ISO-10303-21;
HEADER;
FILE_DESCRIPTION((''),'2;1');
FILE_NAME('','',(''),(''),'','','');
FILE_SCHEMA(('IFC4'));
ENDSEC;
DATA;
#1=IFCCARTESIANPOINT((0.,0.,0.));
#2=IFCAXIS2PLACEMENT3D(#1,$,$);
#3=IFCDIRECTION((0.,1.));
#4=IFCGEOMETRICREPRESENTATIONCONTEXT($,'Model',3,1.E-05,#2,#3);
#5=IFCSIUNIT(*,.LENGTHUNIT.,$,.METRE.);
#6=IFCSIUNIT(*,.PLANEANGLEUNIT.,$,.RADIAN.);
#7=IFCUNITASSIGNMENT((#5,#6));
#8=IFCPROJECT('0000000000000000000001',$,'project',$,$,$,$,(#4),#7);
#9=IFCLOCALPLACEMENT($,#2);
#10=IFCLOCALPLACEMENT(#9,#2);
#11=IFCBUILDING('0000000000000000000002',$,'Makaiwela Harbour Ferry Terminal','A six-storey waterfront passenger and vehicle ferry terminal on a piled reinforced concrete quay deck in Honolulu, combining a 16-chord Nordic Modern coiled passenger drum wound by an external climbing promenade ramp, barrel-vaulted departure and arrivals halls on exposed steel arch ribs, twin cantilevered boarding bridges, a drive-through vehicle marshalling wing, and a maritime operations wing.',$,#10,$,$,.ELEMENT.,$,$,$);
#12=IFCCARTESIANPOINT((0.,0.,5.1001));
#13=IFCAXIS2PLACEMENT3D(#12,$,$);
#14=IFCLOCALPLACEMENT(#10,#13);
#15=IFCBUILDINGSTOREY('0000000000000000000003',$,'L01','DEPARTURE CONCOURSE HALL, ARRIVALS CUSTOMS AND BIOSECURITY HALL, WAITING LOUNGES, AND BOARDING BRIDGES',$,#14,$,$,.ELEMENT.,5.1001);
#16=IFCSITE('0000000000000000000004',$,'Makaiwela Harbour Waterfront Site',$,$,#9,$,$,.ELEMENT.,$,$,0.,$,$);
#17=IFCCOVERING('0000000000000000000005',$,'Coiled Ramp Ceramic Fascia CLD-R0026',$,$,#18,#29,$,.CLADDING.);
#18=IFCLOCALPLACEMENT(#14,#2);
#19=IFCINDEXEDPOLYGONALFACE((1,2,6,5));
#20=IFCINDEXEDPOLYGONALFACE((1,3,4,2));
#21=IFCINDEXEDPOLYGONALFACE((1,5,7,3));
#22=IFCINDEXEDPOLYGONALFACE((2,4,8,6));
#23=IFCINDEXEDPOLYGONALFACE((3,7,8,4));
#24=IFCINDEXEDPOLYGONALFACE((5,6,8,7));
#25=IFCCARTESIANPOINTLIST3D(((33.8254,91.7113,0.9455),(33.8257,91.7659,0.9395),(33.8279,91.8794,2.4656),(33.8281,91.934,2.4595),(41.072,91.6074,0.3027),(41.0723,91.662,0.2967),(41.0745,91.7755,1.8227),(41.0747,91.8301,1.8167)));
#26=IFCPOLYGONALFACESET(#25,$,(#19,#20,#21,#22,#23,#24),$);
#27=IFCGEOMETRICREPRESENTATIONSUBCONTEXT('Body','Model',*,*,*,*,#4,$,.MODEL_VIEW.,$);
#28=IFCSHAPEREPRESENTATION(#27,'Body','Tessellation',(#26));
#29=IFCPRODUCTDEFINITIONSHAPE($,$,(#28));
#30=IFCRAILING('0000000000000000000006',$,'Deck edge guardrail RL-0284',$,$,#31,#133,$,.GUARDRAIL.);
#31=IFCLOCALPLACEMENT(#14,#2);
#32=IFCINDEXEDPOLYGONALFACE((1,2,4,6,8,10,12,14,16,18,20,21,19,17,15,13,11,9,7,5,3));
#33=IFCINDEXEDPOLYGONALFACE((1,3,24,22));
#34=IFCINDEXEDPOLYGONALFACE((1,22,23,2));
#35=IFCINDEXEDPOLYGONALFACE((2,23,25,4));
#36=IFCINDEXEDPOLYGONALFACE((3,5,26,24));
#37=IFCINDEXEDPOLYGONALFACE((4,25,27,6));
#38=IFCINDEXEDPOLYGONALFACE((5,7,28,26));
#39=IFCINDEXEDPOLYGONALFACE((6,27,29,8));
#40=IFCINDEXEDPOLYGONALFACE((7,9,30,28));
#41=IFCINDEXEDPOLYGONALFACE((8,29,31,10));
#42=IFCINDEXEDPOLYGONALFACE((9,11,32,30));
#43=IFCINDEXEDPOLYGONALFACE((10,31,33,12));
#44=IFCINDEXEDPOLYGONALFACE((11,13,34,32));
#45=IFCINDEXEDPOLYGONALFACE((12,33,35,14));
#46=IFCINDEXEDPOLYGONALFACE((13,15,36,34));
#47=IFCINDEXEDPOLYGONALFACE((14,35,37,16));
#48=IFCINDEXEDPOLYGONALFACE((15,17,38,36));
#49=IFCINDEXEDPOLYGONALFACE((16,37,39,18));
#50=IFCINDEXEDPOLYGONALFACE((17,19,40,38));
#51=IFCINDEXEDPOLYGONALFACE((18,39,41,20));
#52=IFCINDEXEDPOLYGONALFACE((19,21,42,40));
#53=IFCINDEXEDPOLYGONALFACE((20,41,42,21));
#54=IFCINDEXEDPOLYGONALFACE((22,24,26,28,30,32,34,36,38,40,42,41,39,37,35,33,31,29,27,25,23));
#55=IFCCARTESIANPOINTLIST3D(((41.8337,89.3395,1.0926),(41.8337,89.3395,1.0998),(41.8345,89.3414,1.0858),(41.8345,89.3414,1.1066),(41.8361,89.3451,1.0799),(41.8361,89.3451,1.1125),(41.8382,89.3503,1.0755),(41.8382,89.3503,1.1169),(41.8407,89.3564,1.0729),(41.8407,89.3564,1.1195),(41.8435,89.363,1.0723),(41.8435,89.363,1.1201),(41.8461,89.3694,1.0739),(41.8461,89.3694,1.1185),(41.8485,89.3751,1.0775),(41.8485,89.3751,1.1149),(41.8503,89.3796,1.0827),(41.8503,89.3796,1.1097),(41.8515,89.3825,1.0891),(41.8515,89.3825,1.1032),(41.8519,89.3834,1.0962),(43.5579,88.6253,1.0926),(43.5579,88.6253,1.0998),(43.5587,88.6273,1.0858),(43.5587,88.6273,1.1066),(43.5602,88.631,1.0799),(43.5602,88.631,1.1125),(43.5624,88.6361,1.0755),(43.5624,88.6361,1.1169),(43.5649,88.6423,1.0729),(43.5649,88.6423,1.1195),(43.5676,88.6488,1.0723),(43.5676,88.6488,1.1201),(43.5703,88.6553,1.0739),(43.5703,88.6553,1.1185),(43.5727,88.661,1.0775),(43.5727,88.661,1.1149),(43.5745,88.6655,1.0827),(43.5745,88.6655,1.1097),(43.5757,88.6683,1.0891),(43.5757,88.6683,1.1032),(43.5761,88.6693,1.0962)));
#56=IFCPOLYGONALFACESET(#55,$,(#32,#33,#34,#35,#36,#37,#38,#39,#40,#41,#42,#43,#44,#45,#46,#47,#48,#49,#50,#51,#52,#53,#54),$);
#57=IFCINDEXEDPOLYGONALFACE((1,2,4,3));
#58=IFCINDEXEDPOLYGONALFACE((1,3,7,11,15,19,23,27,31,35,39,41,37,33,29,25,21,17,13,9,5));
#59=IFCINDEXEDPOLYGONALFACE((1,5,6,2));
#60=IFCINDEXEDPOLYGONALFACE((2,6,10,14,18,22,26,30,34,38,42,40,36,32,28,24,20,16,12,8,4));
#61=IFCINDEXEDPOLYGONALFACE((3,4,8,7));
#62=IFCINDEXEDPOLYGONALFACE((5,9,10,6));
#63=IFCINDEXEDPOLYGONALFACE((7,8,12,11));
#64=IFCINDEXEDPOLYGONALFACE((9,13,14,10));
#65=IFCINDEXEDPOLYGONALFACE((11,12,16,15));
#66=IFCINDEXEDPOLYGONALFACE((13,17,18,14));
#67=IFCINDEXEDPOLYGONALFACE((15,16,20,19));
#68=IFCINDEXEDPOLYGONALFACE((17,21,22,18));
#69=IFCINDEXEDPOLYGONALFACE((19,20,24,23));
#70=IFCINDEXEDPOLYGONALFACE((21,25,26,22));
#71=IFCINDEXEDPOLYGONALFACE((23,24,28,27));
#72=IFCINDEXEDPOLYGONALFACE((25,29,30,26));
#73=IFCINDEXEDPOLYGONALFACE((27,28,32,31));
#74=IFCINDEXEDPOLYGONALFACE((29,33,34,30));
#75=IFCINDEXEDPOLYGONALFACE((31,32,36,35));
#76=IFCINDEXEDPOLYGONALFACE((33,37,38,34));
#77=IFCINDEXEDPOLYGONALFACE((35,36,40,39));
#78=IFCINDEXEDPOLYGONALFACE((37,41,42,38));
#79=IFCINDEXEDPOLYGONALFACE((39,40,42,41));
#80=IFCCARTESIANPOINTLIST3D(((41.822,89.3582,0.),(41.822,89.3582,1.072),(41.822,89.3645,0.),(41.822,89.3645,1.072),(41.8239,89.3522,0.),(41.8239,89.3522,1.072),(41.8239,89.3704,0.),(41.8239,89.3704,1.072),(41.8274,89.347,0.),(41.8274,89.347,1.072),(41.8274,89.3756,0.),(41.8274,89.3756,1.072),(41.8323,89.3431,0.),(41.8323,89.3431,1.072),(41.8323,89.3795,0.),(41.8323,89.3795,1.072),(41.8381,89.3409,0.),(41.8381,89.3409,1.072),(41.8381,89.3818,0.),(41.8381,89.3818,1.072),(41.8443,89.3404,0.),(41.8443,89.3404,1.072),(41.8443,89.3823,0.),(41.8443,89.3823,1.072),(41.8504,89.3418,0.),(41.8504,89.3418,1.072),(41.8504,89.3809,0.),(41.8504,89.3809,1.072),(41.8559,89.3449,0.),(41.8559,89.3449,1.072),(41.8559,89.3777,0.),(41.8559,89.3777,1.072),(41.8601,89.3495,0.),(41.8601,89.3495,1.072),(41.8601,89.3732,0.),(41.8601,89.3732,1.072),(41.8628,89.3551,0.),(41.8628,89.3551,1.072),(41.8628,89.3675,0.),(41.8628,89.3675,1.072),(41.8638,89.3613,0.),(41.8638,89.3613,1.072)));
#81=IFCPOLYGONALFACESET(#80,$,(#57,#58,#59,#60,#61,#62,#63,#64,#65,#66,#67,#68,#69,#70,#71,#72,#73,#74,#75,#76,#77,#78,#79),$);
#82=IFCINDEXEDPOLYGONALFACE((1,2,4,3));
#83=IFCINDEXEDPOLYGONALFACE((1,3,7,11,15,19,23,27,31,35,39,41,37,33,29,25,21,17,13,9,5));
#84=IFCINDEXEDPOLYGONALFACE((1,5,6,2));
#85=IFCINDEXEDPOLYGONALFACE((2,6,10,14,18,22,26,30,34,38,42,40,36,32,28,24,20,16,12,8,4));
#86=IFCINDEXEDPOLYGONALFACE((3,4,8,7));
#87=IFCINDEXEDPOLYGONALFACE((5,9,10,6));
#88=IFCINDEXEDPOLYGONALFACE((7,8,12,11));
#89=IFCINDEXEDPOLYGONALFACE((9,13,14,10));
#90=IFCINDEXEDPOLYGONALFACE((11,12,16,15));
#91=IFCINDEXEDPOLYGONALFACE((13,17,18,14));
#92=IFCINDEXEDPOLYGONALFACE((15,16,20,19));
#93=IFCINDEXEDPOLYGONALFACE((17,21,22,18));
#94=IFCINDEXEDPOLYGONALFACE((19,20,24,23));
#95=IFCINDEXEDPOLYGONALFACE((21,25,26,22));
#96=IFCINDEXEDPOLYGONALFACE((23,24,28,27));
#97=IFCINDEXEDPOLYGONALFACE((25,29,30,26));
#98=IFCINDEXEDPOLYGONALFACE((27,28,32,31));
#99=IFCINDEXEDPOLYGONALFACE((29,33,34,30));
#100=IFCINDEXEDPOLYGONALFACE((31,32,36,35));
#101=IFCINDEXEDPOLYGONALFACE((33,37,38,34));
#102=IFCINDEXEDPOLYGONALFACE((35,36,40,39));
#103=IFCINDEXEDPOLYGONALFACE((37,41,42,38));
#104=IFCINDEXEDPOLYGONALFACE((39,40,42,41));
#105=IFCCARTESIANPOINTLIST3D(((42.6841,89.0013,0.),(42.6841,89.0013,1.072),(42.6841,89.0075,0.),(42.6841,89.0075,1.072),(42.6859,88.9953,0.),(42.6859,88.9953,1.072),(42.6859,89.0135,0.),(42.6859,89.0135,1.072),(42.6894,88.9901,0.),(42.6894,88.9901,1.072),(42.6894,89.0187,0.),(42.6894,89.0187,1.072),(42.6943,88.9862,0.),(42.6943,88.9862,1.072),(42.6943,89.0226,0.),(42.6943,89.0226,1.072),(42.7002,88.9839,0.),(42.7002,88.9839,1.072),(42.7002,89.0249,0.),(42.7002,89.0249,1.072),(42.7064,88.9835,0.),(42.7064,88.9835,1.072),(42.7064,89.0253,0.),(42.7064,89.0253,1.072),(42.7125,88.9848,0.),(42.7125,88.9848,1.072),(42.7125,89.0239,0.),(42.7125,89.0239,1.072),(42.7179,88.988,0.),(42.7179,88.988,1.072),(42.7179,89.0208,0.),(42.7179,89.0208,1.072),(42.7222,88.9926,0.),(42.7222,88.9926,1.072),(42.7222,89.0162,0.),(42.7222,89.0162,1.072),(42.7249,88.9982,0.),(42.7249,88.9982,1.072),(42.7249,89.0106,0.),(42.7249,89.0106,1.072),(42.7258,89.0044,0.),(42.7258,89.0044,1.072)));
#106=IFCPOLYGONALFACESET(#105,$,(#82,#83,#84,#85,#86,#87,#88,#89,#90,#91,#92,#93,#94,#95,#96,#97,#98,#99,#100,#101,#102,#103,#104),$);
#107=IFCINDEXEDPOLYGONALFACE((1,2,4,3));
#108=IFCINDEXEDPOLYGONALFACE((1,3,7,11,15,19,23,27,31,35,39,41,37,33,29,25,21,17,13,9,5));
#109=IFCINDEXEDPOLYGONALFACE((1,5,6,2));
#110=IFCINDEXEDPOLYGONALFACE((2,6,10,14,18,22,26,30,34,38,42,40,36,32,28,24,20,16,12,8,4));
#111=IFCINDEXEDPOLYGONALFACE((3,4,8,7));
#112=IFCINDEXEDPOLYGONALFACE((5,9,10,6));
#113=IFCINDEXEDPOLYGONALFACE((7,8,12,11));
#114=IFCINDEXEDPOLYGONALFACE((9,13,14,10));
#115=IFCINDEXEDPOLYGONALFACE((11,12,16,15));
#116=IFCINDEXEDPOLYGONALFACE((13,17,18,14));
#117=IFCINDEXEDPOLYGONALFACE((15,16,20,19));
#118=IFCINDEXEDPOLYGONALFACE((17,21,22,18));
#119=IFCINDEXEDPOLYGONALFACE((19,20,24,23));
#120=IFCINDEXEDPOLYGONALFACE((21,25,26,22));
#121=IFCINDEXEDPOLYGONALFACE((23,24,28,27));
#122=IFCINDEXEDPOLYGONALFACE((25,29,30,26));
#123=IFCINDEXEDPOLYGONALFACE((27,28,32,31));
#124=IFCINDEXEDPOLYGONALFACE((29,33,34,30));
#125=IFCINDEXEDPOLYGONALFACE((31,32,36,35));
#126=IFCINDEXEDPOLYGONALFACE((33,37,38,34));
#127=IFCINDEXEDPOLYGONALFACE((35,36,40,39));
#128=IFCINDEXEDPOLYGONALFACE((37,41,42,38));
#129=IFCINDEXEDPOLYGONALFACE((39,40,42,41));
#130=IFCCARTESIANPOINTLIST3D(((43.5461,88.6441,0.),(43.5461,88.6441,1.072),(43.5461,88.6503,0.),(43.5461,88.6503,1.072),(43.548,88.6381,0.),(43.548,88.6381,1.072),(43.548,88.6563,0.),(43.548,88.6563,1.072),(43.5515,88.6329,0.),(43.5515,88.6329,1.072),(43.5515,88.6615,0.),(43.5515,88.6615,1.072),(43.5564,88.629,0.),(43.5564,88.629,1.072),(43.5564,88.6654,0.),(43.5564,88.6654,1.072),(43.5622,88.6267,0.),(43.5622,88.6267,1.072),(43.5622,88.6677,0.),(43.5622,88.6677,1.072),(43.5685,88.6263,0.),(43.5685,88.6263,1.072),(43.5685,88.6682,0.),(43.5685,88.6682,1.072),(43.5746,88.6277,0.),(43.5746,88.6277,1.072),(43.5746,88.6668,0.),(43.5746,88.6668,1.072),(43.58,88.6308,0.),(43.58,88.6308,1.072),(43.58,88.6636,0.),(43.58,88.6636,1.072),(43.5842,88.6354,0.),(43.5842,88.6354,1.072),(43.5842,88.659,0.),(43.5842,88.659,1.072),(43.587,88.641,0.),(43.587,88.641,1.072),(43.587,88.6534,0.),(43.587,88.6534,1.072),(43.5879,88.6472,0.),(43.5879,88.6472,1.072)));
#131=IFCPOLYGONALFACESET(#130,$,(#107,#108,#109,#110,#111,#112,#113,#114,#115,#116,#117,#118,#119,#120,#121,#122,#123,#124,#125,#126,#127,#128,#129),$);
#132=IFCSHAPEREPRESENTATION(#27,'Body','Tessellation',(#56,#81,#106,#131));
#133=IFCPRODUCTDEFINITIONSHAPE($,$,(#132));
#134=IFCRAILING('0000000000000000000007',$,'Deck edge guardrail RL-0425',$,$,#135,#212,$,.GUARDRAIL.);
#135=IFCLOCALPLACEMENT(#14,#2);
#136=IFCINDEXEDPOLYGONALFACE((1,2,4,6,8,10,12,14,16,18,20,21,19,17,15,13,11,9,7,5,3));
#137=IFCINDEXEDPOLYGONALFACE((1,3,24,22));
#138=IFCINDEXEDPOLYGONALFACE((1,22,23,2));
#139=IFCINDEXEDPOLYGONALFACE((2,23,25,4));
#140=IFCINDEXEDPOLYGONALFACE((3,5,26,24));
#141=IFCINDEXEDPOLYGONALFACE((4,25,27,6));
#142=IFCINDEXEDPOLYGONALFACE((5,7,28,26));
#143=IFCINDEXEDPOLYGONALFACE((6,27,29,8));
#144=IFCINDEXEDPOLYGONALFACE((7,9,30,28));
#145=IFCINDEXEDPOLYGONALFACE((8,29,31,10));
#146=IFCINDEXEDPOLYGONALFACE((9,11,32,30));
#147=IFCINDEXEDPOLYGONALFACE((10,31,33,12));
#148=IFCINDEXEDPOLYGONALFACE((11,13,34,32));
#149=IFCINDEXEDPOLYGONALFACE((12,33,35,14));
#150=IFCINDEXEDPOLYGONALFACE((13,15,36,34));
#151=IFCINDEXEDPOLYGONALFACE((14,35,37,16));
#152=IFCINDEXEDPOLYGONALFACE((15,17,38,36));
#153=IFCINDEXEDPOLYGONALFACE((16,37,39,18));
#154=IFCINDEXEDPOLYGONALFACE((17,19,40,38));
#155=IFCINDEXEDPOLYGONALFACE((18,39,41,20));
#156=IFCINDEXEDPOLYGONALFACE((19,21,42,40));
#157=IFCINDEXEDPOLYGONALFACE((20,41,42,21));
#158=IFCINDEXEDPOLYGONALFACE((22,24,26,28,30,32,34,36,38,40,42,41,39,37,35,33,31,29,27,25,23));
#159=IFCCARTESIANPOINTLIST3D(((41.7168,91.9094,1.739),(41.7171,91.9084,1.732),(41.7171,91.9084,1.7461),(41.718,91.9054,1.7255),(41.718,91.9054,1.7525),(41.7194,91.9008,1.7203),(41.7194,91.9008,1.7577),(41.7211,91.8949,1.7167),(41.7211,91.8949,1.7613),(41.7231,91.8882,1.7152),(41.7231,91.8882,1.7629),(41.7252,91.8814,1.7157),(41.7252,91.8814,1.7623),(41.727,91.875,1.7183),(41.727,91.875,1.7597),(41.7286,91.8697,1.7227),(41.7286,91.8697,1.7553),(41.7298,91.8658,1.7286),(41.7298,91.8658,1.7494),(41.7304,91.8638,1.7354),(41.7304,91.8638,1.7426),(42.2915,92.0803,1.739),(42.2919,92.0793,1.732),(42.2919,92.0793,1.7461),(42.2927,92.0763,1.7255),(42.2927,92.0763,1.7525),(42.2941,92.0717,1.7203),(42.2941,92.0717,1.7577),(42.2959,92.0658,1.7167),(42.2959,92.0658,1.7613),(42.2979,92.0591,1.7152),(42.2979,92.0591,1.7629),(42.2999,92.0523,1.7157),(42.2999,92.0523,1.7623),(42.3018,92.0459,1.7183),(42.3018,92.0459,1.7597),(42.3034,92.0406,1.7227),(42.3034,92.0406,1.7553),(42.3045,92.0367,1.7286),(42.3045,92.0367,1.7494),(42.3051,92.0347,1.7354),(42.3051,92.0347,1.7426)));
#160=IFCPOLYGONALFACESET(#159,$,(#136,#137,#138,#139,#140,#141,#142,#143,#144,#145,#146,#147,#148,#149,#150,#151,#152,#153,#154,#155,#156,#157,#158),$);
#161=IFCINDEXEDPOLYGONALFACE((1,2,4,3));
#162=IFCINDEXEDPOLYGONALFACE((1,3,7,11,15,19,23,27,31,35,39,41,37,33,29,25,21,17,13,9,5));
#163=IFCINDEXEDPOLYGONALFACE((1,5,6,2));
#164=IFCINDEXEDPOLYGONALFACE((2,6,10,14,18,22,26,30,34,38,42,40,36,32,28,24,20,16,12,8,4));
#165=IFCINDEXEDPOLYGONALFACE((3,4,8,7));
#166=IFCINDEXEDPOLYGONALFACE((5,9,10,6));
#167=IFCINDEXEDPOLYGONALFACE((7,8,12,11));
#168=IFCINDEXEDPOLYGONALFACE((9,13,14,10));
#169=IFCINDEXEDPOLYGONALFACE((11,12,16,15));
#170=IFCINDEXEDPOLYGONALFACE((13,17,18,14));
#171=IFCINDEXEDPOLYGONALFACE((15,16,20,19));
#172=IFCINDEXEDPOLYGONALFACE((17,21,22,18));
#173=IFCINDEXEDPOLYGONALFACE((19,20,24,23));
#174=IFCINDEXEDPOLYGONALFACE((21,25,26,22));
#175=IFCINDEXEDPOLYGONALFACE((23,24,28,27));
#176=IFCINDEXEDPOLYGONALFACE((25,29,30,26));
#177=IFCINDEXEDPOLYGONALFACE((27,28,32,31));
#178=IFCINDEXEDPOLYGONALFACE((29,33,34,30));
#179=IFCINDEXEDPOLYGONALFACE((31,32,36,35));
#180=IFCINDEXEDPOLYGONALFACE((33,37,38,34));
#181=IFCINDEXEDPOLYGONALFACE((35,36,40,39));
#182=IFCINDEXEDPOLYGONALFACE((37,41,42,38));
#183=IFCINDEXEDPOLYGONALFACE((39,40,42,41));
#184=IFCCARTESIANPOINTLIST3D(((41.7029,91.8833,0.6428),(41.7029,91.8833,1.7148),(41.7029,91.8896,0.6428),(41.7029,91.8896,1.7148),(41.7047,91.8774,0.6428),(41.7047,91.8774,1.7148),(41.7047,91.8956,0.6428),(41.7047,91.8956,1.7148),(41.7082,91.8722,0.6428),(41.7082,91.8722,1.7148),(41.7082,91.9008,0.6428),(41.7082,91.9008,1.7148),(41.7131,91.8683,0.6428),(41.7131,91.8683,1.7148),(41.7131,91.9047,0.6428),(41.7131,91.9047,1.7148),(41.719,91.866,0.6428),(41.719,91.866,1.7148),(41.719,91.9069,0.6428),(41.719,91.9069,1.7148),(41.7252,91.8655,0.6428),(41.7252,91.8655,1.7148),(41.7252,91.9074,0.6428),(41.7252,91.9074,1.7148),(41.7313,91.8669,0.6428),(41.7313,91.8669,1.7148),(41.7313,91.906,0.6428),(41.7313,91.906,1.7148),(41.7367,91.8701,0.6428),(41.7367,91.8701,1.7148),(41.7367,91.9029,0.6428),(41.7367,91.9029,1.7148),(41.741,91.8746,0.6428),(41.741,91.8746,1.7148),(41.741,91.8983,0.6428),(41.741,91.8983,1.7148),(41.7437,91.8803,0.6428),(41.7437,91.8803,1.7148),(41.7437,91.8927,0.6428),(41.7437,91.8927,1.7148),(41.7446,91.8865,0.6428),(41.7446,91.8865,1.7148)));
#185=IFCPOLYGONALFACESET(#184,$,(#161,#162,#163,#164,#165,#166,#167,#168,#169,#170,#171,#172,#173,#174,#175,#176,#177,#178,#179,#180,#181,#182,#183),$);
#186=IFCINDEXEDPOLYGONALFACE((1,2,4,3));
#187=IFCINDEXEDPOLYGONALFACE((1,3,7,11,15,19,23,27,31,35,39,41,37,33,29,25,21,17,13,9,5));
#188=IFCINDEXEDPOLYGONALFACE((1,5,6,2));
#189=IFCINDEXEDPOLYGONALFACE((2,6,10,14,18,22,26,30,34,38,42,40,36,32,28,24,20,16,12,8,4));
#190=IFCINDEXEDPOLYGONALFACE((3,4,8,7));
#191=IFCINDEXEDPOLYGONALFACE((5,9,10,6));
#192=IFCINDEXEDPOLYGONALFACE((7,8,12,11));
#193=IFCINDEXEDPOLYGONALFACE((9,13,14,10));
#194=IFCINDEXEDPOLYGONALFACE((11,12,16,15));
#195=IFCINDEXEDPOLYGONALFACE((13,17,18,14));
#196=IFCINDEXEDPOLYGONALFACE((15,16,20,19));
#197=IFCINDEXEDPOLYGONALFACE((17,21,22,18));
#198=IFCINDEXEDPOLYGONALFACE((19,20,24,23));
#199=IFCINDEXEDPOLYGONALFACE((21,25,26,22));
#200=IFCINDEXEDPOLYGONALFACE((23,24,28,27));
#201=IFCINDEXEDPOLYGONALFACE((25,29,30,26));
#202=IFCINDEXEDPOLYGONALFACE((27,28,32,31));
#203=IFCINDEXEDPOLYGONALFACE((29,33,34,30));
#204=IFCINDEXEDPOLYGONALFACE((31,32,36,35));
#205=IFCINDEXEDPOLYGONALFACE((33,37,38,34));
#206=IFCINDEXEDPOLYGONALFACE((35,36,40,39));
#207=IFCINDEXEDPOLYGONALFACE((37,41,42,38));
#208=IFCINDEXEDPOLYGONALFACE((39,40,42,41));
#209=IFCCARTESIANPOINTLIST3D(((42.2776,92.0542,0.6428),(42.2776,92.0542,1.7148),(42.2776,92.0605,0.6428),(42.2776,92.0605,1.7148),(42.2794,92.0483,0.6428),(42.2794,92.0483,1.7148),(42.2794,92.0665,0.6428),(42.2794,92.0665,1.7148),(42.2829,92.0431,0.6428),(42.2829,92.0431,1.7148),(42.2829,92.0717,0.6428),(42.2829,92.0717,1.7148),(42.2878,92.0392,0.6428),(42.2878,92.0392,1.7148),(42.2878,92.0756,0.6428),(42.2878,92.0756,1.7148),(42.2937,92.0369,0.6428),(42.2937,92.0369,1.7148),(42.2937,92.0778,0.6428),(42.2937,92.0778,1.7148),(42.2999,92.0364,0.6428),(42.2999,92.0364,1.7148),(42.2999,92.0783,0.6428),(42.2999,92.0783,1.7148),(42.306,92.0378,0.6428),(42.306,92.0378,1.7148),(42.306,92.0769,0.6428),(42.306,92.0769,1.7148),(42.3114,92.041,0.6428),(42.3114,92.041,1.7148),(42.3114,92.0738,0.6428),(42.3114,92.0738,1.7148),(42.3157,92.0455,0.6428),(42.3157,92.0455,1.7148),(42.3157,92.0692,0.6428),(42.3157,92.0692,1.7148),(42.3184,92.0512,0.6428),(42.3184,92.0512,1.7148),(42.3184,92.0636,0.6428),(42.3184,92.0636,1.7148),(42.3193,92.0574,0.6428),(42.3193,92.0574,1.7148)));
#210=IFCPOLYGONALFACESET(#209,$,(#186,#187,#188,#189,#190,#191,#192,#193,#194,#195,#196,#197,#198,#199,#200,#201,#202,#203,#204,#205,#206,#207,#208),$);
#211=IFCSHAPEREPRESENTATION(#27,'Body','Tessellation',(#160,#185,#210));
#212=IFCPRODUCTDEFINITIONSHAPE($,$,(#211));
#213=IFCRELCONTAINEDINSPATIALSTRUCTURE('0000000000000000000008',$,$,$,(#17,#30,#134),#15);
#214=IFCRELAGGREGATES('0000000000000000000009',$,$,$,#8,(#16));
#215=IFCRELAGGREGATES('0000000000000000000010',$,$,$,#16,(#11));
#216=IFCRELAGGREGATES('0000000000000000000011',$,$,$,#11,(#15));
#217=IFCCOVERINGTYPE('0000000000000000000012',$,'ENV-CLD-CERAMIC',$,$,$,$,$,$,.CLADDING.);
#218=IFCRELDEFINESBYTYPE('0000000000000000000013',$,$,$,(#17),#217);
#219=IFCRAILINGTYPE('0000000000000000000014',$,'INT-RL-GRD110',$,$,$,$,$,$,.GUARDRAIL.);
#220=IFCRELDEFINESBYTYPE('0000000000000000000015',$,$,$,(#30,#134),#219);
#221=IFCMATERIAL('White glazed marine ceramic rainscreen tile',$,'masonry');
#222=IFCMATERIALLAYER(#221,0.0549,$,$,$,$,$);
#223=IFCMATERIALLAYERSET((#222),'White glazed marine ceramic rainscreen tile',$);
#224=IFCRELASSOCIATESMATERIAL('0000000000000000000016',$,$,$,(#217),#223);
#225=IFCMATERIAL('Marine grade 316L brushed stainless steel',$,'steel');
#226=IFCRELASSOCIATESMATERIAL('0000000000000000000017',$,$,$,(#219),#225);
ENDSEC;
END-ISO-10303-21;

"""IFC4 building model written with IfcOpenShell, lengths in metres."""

from ifc_helpers import new_model, si_unit, direction, frame, origin, origin_2d, place, context, subcontext, project, spatial, polyline, circle, outline, extrude, material, layer, layer_set, type_object, element, save


model = new_model("IFC4")

# Units and contexts
model_context = context("Model", 3, precision=1e-05, world=origin(), true_north=direction((0.0, 1.0)))
body_context = subcontext(model_context, "Body", "Model", "MODEL_VIEW")
ifc_project = project(units=[si_unit("LENGTHUNIT", "METRE"), si_unit("PLANEANGLEUNIT", "RADIAN")], contexts=[model_context])

# Site, building, storey
site_placement = place(None, origin())
site = spatial("IfcSite", under=ifc_project, at=site_placement, Name="Makaiwela Harbour Waterfront Site", CompositionType="ELEMENT", RefElevation=0.0)
building_placement = place(site_placement, origin())
building = spatial("IfcBuilding", under=site, at=building_placement, Name="Makaiwela Harbour Ferry Terminal", Description="A six-storey waterfront passenger and vehicle ferry terminal on a piled reinforced concrete quay deck in Honolulu, combining a 16-chord Nordic Modern coiled passenger drum wound by an external climbing promenade ramp, barrel-vaulted departure and arrivals halls on exposed steel arch ribs, twin cantilevered boarding bridges, a drive-through vehicle marshalling wing, and a maritime operations wing.", CompositionType="ELEMENT")
storey_placement = place(building_placement, frame((0.0, 0.0, 5.1001)))
storey = spatial("IfcBuildingStorey", under=building, at=storey_placement, Name="L01", Description="DEPARTURE CONCOURSE HALL, ARRIVALS CUSTOMS AND BIOSECURITY HALL, WAITING LOUNGES, AND BOARDING BRIDGES", CompositionType="ELEMENT", Elevation=5.1001)

# Covering
ifc_material_1 = material(Name="White glazed marine ceramic rainscreen tile", Category="masonry")
ifc_layer_1 = layer(ifc_material_1, 0.0549)
ifc_layer_set_1 = layer_set([ifc_layer_1], Name="White glazed marine ceramic rainscreen tile")
covering_type = type_object("IfcCoveringType", Name="ENV-CLD-CERAMIC", PredefinedType="CLADDING", material=ifc_layer_set_1)
covering_1_placement = place(storey_placement, frame((41.072, 91.6074, 0.3027), z_axis=(-0.004498, -0.99393, 0.109921), x_axis=(-0.995987, 0.014278, 0.088349)))
element("IfcCovering", 1, at=covering_1_placement, inside=storey, type_object=covering_type, Name="Coiled Ramp Ceramic Fascia CLD-R0026", PredefinedType="CLADDING", context=body_context, shape_type="SweptSolid", body=[
    extrude(outline(polyline([(0.0, 0.0), (7.2758, 0.0), (7.41, -1.5234), (0.1343, -1.5234), (0.0, 0.0)])), origin(), (0.0, 0.0, -1.0), 0.0549),
])

# Railings
ifc_material_2 = material(Name="Marine grade 316L brushed stainless steel", Category="steel")
railing_type_1 = type_object("IfcRailingType", Name="INT-RL-GRD110", PredefinedType="GUARDRAIL", material=ifc_material_2)
railing_1_placement = place(storey_placement, frame((41.8428, 89.3613, 0.0)))
element("IfcRailing", 2, at=railing_1_placement, inside=storey, type_object=railing_type_1, Name="Deck edge guardrail RL-0284", PredefinedType="GUARDRAIL", context=body_context, shape_type="SweptSolid", body=[
    extrude(circle(Radius=0.0239, at=origin_2d()), frame((0.0, 0.0, 1.0962), z_axis=(0.923888, -0.382664, 0.0), x_axis=(0.382664, 0.923888, 0.0)), (0.0, 0.0, 1.0), 1.8662),
    extrude(circle(Radius=0.021, at=origin_2d()), origin(), (0.0, 0.0, 1.0), 1.072),
    extrude(circle(Radius=0.021, at=origin_2d()), frame((0.8621, -0.3569, 0.0)), (0.0, 0.0, 1.0), 1.072),
    extrude(circle(Radius=0.021, at=origin_2d()), frame((1.7241, -0.7141, 0.0)), (0.0, 0.0, 1.0), 1.072),
])
railing_2_placement = place(storey_placement, frame((41.7236, 91.8865, 0.6428)))
element("IfcRailing", 3, at=railing_2_placement, inside=storey, type_object=railing_type_1, Name="Deck edge guardrail RL-0425", PredefinedType="GUARDRAIL", context=body_context, shape_type="SweptSolid", body=[
    extrude(circle(Radius=0.0239, at=origin_2d()), frame((0.0, 0.0, 1.0962), z_axis=(0.958518, 0.285031, 0.0), x_axis=(-0.285031, 0.958518, 0.0)), (0.0, 0.0, 1.0), 0.5996),
    extrude(circle(Radius=0.021, at=origin_2d()), origin(), (0.0, 0.0, 1.0), 1.072),
    extrude(circle(Radius=0.021, at=origin_2d()), frame((0.5747, 0.1709, 0.0)), (0.0, 0.0, 1.0), 1.072),
])

save(model, "model.ifc")
